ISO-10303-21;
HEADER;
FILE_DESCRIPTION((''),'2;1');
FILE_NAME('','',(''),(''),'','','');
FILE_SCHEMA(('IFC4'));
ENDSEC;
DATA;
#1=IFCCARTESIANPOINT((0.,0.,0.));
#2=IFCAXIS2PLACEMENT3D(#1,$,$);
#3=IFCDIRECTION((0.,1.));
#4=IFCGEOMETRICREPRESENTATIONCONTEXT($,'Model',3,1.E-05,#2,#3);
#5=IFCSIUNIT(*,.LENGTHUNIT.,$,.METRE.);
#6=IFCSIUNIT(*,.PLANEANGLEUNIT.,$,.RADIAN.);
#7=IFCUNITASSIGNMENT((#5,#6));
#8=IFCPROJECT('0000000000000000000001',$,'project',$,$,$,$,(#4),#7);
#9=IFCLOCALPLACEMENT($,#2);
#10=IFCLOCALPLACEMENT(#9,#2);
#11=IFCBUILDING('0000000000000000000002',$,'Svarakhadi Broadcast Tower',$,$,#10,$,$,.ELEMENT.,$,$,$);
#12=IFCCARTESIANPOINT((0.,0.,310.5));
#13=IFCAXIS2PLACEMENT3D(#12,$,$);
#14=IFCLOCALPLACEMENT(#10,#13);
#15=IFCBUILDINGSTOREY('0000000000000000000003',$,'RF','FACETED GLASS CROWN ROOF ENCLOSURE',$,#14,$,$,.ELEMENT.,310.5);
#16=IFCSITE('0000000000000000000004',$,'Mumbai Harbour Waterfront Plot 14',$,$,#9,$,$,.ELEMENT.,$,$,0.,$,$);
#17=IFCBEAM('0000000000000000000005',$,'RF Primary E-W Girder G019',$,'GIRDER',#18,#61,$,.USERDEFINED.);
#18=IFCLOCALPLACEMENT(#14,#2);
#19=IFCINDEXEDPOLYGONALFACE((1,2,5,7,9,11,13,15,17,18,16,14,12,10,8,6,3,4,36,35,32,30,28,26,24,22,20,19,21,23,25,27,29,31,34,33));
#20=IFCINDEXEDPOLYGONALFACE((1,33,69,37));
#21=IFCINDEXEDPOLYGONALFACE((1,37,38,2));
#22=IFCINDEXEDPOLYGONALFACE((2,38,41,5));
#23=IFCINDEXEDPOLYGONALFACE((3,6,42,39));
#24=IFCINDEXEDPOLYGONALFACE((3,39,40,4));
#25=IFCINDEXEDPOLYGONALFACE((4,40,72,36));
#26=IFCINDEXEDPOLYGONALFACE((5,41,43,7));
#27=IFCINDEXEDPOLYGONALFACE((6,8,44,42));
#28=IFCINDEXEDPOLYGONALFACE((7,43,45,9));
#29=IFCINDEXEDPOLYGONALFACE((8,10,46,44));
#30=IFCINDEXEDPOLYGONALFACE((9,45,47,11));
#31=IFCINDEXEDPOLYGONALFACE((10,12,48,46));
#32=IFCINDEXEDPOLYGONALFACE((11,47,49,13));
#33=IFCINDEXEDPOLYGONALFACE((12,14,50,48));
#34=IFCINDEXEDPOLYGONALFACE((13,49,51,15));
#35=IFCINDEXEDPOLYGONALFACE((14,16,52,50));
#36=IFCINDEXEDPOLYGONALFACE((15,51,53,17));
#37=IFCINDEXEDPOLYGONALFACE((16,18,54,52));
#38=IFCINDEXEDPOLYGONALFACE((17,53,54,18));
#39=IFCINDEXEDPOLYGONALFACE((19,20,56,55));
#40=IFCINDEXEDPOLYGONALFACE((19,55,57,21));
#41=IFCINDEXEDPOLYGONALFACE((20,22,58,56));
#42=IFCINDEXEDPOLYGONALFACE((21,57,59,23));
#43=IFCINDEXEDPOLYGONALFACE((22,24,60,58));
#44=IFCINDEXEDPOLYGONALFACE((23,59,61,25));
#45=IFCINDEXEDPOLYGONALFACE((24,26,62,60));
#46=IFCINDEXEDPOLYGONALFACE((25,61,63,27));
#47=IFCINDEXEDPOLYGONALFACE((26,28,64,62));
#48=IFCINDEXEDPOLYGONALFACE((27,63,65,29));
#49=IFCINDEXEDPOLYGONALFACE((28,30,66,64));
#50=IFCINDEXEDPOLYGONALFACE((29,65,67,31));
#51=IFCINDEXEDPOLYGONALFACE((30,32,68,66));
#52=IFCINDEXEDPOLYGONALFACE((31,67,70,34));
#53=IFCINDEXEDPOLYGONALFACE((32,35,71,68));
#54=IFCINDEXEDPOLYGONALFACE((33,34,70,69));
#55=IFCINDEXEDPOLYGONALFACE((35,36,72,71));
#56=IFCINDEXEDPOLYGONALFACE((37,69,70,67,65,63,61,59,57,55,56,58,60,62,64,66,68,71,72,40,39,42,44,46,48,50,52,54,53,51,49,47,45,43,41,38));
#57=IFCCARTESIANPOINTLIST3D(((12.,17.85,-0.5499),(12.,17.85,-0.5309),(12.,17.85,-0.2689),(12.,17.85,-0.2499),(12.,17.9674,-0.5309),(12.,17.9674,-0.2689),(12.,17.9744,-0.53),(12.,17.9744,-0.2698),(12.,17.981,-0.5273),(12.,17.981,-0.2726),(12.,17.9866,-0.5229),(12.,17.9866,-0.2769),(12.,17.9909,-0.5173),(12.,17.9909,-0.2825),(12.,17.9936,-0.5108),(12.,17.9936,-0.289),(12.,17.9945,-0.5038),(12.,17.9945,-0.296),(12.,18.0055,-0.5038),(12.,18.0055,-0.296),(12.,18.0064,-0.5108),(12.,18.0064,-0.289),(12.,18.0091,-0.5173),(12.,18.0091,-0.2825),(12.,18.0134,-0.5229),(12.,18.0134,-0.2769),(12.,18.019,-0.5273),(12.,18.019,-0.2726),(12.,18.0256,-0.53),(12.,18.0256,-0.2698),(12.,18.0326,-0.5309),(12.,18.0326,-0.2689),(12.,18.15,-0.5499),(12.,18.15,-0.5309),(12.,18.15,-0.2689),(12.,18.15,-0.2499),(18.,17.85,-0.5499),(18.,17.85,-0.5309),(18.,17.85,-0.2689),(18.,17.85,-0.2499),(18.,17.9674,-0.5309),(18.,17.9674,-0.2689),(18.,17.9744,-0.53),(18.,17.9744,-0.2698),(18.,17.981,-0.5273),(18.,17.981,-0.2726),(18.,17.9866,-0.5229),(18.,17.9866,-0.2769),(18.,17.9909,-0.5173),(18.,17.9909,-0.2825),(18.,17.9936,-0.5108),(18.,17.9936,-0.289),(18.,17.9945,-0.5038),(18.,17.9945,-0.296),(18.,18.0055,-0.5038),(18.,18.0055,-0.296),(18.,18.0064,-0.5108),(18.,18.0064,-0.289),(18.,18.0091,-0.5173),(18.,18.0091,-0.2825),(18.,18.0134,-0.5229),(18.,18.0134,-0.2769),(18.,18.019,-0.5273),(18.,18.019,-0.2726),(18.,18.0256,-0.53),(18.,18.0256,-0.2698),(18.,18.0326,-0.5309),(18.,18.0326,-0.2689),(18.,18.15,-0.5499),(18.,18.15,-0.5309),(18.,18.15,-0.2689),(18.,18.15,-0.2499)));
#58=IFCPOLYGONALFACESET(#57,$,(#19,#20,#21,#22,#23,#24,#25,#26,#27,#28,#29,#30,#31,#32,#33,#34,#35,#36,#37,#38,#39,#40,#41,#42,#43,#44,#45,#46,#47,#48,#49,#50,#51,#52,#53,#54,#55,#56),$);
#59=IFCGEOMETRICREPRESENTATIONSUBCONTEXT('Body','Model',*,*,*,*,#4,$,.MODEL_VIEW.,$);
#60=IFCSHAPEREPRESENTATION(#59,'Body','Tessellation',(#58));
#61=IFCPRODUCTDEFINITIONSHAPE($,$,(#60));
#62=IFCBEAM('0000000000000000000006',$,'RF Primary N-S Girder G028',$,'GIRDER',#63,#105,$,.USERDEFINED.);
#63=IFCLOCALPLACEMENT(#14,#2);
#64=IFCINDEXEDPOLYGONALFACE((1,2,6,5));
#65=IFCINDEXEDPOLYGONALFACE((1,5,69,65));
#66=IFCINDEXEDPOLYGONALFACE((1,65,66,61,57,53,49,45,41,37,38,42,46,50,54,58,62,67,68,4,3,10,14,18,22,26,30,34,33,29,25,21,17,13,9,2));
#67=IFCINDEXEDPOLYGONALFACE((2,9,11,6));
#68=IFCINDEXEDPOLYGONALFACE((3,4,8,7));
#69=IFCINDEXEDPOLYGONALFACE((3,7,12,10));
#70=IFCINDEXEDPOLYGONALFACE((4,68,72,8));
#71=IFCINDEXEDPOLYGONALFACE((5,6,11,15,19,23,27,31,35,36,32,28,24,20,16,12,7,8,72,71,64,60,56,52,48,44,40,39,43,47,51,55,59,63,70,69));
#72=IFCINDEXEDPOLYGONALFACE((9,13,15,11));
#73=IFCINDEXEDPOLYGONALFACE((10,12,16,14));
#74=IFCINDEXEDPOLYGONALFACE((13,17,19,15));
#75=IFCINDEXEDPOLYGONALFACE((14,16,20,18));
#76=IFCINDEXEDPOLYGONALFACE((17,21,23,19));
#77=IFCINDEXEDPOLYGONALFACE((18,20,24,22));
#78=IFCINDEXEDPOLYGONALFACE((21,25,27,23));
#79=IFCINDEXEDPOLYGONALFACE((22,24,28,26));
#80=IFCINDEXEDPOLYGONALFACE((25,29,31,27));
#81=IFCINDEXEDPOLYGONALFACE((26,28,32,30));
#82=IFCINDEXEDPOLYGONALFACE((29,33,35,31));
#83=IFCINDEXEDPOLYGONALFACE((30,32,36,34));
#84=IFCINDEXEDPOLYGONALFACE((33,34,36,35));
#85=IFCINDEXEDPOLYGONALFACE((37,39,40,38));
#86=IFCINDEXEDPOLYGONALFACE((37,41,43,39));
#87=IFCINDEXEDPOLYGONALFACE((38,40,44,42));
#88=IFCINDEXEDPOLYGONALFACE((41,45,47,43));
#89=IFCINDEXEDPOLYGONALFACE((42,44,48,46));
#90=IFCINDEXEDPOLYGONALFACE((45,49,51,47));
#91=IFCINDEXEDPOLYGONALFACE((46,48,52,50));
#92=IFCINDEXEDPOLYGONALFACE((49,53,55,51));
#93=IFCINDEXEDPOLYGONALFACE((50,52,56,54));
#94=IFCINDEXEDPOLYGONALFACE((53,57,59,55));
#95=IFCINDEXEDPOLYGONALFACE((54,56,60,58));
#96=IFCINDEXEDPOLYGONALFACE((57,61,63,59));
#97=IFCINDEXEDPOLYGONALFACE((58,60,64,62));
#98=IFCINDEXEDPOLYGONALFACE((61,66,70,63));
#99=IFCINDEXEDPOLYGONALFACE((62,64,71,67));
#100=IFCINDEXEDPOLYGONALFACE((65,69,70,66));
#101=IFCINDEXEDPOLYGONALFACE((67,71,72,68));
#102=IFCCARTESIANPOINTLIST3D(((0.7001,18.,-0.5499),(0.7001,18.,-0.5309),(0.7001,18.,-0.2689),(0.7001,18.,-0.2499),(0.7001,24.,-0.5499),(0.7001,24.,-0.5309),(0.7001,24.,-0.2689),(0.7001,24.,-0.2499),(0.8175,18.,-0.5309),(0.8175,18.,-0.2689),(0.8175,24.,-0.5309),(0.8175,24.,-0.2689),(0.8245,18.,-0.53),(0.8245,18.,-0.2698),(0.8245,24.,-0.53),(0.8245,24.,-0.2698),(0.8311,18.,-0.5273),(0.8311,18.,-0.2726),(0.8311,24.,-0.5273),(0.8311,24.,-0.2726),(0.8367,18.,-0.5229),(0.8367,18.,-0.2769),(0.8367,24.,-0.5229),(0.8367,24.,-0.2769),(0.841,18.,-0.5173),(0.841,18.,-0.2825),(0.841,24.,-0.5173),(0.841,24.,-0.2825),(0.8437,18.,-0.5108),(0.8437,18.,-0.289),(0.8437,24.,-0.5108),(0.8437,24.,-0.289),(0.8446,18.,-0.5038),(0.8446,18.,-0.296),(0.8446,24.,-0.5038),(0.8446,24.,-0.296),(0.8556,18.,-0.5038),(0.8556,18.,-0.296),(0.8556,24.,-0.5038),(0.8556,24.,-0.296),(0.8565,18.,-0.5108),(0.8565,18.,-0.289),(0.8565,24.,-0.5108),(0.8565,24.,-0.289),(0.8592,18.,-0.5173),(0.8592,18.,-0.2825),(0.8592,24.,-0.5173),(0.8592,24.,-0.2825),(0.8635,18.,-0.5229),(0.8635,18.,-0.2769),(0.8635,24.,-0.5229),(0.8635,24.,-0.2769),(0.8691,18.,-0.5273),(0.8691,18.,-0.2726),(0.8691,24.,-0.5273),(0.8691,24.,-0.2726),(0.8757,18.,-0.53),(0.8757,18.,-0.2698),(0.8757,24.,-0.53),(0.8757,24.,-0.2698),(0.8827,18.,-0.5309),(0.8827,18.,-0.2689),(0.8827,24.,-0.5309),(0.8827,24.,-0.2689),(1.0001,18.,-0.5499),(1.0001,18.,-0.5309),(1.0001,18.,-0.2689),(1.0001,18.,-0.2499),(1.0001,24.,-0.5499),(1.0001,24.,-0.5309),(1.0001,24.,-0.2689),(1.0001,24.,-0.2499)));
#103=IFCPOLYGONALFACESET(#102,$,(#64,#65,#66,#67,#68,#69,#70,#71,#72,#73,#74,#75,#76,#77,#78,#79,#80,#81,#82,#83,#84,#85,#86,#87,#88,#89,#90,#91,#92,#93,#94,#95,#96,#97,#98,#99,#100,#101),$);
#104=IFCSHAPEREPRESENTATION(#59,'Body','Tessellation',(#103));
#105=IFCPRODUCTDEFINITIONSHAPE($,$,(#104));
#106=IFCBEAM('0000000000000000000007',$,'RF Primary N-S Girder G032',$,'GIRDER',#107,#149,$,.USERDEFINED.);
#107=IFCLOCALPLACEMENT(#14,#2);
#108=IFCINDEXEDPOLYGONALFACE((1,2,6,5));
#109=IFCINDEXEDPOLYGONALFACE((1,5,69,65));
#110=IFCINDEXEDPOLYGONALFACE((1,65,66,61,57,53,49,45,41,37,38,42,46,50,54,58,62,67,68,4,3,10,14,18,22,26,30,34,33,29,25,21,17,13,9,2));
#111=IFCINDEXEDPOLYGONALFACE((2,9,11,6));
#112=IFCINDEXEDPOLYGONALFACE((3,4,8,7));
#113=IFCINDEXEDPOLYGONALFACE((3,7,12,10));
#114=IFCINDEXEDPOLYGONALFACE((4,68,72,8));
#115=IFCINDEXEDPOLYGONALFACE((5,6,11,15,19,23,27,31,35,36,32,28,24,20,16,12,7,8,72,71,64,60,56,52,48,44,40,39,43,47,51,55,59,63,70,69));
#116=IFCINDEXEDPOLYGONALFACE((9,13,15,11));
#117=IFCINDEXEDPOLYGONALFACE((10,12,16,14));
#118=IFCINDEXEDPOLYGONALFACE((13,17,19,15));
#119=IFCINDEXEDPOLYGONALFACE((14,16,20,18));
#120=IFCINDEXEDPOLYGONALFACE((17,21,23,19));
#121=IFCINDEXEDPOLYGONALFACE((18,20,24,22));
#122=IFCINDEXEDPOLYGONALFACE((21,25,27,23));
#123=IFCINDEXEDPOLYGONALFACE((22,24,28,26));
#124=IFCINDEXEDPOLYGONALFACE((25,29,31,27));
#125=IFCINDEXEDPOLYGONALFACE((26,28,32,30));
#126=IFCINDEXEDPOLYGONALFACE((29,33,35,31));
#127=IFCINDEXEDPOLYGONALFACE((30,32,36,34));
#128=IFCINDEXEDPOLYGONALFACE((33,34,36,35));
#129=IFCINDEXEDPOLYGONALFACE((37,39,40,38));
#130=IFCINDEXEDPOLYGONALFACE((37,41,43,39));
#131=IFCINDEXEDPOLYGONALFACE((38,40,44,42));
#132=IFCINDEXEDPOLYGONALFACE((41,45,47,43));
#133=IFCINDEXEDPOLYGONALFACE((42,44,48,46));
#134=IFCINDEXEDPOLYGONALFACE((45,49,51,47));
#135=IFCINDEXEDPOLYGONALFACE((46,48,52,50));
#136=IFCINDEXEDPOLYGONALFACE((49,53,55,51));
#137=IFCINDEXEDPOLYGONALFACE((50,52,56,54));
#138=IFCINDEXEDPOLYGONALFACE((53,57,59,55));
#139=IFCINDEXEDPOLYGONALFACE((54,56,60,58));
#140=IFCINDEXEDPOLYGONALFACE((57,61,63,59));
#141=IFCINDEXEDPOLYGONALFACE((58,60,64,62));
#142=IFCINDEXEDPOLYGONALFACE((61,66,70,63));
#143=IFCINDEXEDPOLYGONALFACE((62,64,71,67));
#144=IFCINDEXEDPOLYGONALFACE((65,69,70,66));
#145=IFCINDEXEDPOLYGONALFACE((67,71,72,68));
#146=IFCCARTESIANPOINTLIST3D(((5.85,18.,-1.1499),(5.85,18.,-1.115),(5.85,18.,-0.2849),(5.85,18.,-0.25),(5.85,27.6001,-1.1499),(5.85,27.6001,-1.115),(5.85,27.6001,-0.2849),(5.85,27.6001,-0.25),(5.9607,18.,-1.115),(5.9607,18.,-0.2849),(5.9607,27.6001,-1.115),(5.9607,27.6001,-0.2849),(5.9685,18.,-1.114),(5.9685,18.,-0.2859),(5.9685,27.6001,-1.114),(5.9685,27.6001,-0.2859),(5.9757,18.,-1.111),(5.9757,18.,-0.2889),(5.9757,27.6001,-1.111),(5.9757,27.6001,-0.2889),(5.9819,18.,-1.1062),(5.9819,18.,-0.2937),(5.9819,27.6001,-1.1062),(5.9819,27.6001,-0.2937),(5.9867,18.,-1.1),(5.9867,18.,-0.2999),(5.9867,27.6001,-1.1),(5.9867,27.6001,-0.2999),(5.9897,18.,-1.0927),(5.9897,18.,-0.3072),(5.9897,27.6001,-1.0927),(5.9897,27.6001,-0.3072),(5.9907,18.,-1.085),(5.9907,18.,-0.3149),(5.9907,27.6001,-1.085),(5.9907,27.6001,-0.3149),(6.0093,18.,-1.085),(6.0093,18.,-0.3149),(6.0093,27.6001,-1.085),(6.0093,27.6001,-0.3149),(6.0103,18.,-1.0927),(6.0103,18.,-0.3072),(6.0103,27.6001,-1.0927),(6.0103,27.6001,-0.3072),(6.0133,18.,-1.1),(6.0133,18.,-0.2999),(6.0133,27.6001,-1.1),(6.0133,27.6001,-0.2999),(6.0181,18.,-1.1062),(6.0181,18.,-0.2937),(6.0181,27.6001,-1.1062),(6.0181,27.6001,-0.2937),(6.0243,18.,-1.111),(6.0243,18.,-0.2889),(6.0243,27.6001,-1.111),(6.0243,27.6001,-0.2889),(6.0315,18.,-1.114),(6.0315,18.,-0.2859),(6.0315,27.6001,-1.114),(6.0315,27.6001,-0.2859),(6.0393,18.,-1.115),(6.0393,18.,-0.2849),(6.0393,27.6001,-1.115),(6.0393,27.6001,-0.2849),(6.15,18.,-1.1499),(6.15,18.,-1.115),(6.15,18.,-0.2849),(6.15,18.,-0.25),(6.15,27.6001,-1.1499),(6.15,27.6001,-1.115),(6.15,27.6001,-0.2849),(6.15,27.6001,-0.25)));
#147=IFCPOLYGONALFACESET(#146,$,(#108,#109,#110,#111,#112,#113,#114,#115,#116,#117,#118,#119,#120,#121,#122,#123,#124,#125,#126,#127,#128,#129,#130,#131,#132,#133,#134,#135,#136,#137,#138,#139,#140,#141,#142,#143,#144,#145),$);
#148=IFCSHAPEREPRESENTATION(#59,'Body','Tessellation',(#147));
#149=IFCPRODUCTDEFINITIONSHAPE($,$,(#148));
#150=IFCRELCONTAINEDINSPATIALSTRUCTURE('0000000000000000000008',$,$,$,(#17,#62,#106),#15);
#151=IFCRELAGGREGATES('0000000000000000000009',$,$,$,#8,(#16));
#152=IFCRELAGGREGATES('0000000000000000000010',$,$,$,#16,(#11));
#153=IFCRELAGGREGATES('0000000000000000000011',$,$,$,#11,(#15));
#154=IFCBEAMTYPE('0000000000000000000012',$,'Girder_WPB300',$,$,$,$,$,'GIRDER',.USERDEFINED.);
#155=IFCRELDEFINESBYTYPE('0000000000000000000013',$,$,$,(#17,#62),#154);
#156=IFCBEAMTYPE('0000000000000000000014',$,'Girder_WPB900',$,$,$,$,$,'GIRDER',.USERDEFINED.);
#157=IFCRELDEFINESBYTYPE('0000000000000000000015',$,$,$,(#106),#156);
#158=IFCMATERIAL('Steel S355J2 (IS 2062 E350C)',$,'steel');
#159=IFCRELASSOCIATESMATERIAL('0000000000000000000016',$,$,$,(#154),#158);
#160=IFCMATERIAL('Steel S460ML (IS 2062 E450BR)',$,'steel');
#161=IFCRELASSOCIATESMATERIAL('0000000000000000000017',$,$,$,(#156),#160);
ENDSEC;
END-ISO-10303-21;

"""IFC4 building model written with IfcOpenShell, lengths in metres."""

from ifc_helpers import new_model, si_unit, direction, frame, origin, origin_2d, place, context, subcontext, project, spatial, i_section, extrude, material, material_profile, profile_set, type_object, element, save


model = new_model("IFC4")

# Units and contexts
model_context = context("Model", 3, precision=1e-05, world=origin(), true_north=direction((0.0, 1.0)))
body_context = subcontext(model_context, "Body", "Model", "MODEL_VIEW")
ifc_project = project(units=[si_unit("LENGTHUNIT", "METRE"), si_unit("PLANEANGLEUNIT", "RADIAN")], contexts=[model_context])

# Site, building, storey
site_placement = place(None, origin())
site = spatial("IfcSite", under=ifc_project, at=site_placement, Name="Mumbai Harbour Waterfront Plot 14", CompositionType="ELEMENT", RefElevation=0.0)
building_placement = place(site_placement, origin())
building = spatial("IfcBuilding", under=site, at=building_placement, Name="Svarakhadi Broadcast Tower", CompositionType="ELEMENT")
storey_placement = place(building_placement, frame((0.0, 0.0, 310.5)))
storey = spatial("IfcBuildingStorey", under=building, at=storey_placement, Name="RF", Description="FACETED GLASS CROWN ROOF ENCLOSURE", CompositionType="ELEMENT", Elevation=310.5)

# Shared definitions
ifc_material_1 = material(Name="Steel S460ML (IS 2062 E450BR)", Category="steel")

# Shared definitions
ifc_material_2 = material(Name="Steel S355J2 (IS 2062 E350C)", Category="steel")

# Beams
ifc_material_profile_1 = material_profile(ifc_material_2, i_section(OverallWidth=0.3, OverallDepth=0.3, WebThickness=0.011, FlangeThickness=0.019, FilletRadius=0.0271, at=origin_2d()), Name="WPB 300x300x117")
ifc_profile_set_1 = profile_set([ifc_material_profile_1], Name="Steel S355J2 (IS 2062 E350C)")
beam_type_1 = type_object("IfcBeamType", Name="Girder_WPB300", ElementType="GIRDER", PredefinedType="USERDEFINED", material=ifc_profile_set_1)
for number, where, z_axis, x_axis, name in (
    (1, (12.0, 18.0, -0.3999), (1.0, 0.0, 0.0), (0.0, 1.0, 0.0), "RF Primary E-W Girder G019"),
    (2, (0.8501, 18.0, -0.3999), (0.0, 1.0, 0.0), (-1.0, 0.0, 0.0), "RF Primary N-S Girder G028"),
):
    element("IfcBeam", number, at=place(storey_placement, frame(where, z_axis=z_axis, x_axis=x_axis)), inside=storey, type_object=beam_type_1, Name=name, ObjectType="GIRDER", PredefinedType="USERDEFINED", context=body_context, shape_type="SweptSolid", body=[
        extrude(i_section(OverallWidth=0.3, OverallDepth=0.3, WebThickness=0.011, FlangeThickness=0.019, FilletRadius=0.0271, at=origin_2d()), origin(), (0.0, 0.0, 1.0), 6.0),
    ])
ifc_material_profile_2 = material_profile(ifc_material_1, i_section(OverallWidth=0.3, OverallDepth=0.8999, WebThickness=0.0186, FlangeThickness=0.0349, FilletRadius=0.03, at=origin_2d()), Name="WPB 900x300x291")
ifc_profile_set_2 = profile_set([ifc_material_profile_2], Name="Steel S460ML (IS 2062 E450BR)")
beam_type_2 = type_object("IfcBeamType", Name="Girder_WPB900", ElementType="GIRDER", PredefinedType="USERDEFINED", material=ifc_profile_set_2)
beam_1_placement = place(storey_placement, frame((6.0, 18.0, -0.7), z_axis=(0.0, 1.0, 0.0), x_axis=(-1.0, 0.0, 0.0)))
element("IfcBeam", 3, at=beam_1_placement, inside=storey, type_object=beam_type_2, Name="RF Primary N-S Girder G032", ObjectType="GIRDER", PredefinedType="USERDEFINED", context=body_context, shape_type="SweptSolid", body=[
    extrude(i_section(OverallWidth=0.3, OverallDepth=0.8999, WebThickness=0.0186, FlangeThickness=0.0349, FilletRadius=0.03, at=origin_2d()), origin(), (0.0, 0.0, 1.0), 9.6001),
])

save(model, "model.ifc")
